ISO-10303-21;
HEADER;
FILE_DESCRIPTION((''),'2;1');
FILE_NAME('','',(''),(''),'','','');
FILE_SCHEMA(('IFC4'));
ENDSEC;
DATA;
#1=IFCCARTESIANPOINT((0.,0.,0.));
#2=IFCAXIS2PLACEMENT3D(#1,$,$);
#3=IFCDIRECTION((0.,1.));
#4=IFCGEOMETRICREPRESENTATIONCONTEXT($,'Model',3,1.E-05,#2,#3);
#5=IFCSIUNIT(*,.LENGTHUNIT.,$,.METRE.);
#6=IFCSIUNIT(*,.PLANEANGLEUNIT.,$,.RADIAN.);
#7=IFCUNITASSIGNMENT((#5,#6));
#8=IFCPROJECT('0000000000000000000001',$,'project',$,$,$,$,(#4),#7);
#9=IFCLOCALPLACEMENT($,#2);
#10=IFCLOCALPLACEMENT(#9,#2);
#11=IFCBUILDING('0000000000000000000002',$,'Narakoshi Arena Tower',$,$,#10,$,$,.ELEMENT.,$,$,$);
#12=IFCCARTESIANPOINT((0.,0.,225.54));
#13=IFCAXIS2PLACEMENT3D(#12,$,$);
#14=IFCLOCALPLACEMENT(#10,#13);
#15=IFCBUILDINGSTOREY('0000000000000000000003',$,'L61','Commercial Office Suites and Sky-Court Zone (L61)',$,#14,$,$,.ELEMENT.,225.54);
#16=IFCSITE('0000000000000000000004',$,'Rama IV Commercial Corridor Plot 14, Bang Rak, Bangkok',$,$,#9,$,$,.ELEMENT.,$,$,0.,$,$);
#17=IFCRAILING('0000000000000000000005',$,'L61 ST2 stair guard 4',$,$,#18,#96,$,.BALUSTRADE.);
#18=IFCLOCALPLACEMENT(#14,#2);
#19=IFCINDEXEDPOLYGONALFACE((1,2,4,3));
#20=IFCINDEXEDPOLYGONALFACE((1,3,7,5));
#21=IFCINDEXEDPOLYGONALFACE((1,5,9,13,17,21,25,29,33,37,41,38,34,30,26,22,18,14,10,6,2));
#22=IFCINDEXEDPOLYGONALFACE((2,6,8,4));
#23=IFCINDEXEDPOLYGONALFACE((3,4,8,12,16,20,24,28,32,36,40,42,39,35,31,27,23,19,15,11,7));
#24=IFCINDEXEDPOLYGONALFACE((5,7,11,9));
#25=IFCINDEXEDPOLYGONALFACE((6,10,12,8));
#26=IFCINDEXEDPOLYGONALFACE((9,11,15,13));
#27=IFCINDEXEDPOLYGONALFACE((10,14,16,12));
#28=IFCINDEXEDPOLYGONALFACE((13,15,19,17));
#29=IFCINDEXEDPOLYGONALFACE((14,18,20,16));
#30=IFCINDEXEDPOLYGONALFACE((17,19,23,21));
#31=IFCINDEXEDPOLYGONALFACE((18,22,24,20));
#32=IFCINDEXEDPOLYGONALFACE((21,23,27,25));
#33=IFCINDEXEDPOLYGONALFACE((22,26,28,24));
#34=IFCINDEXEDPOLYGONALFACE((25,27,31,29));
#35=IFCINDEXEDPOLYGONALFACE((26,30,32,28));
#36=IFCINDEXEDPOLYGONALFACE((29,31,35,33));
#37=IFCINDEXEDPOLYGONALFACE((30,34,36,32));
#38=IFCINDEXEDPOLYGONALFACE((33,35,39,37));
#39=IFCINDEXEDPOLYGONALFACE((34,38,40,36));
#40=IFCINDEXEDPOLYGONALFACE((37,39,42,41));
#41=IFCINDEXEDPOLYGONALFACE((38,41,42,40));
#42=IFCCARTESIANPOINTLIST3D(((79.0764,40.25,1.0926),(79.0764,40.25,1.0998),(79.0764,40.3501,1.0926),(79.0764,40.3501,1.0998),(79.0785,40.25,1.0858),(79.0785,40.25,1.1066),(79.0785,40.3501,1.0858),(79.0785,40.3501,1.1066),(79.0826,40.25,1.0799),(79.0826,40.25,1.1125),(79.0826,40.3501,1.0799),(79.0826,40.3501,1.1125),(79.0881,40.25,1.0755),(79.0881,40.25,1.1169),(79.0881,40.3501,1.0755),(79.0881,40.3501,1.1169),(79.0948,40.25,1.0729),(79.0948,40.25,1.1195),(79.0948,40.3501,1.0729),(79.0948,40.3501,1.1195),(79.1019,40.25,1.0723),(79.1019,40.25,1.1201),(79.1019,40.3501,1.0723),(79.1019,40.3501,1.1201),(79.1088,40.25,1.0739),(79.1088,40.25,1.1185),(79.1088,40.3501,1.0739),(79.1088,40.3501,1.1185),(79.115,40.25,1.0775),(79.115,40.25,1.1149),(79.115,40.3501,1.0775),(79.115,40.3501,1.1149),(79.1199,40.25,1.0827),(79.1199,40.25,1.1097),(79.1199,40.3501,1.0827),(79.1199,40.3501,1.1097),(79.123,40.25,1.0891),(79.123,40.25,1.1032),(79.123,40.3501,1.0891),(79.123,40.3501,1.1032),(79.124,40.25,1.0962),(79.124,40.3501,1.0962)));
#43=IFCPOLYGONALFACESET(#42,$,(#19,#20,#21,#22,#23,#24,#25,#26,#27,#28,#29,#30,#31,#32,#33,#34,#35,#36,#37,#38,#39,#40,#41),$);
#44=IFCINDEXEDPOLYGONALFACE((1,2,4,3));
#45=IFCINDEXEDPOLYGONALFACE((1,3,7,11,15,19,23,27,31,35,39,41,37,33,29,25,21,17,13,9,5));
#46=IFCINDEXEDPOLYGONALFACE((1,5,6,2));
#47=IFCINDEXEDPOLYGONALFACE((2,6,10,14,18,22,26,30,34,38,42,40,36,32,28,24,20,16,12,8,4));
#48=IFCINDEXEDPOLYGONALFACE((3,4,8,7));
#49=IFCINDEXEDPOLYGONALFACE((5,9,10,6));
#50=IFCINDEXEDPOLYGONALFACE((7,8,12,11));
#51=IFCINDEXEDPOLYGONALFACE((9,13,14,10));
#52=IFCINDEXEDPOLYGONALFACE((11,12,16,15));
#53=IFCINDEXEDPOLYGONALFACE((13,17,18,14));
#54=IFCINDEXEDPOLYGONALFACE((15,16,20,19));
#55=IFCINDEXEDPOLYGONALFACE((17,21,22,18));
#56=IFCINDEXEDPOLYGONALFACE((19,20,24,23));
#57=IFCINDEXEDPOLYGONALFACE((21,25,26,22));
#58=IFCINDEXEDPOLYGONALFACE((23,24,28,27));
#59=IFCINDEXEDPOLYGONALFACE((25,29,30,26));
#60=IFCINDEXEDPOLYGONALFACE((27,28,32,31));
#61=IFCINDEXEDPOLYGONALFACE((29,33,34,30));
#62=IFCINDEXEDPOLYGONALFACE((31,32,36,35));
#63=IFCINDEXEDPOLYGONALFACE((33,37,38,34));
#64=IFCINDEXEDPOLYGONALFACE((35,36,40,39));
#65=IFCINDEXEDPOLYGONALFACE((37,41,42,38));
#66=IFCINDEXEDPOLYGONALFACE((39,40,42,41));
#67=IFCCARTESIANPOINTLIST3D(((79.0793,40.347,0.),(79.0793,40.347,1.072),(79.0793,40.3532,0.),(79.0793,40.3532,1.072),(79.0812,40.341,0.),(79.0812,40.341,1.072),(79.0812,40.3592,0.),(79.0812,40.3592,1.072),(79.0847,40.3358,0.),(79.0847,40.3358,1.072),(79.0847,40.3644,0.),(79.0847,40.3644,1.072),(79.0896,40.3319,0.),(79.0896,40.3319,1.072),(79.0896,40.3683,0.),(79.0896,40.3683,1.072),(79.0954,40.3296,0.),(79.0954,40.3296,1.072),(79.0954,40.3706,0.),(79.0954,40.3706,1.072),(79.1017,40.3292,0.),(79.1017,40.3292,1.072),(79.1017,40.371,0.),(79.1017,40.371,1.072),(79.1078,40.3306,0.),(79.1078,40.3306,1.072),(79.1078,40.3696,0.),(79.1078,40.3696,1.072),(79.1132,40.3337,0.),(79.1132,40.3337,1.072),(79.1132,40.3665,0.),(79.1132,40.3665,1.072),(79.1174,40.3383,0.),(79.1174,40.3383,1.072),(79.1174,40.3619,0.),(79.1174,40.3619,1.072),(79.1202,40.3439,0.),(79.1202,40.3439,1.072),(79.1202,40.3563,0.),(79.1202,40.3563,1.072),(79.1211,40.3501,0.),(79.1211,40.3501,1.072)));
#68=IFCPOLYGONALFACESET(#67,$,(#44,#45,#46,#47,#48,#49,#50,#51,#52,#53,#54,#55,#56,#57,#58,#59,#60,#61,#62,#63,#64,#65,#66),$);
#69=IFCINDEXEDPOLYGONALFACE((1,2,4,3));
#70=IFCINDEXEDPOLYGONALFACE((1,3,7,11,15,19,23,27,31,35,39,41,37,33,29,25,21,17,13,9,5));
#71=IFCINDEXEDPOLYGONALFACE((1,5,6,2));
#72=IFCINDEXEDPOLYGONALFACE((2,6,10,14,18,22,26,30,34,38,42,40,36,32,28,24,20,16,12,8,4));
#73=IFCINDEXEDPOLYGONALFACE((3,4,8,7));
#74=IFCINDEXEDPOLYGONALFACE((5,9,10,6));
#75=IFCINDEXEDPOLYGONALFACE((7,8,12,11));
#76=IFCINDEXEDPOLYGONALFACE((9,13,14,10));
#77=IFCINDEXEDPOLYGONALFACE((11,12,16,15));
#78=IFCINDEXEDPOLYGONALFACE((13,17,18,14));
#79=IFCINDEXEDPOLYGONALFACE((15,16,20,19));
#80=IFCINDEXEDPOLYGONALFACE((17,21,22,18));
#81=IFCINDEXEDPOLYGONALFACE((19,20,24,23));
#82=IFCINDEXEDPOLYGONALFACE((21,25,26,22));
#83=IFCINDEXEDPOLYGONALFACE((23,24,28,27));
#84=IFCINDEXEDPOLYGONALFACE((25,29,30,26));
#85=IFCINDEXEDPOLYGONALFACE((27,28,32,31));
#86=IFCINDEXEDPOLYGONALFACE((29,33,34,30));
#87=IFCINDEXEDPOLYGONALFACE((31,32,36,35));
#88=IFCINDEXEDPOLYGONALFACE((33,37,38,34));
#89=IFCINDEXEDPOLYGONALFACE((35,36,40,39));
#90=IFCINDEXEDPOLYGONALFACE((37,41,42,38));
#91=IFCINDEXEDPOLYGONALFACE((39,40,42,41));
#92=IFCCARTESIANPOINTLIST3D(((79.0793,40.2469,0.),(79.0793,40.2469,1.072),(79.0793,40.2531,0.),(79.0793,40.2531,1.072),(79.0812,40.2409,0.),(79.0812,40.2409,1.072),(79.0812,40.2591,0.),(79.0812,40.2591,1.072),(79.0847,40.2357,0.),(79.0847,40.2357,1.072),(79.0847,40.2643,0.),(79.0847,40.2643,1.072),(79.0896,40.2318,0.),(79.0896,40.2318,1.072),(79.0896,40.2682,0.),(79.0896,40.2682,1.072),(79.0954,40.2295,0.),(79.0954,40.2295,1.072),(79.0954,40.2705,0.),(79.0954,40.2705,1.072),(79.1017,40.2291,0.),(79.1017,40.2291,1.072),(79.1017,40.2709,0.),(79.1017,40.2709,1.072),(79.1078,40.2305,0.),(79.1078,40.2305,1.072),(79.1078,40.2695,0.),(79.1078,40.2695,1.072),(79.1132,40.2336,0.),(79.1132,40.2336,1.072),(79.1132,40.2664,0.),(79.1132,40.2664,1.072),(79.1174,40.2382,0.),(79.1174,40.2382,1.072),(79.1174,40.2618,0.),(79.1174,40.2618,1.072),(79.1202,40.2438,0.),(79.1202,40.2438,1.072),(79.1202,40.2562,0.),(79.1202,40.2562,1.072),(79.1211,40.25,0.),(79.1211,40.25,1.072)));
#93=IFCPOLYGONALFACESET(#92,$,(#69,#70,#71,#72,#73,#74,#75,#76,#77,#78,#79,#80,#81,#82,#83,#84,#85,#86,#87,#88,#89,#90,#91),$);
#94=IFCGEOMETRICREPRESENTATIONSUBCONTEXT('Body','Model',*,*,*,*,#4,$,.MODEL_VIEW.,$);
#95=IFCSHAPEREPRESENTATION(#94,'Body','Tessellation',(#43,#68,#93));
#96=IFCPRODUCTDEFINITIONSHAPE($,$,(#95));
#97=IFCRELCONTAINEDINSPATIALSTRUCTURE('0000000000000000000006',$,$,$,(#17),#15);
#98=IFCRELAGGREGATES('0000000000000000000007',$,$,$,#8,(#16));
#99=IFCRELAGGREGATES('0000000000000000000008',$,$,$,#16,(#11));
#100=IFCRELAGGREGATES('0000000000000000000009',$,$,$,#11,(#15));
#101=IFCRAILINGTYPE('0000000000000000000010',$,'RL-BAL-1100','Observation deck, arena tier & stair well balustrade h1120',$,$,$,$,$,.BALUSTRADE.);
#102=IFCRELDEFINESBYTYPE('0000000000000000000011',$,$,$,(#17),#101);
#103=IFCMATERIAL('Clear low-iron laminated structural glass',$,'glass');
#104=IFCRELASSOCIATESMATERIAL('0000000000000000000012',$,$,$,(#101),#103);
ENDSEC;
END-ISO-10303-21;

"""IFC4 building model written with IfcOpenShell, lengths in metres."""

from ifc_helpers import new_model, si_unit, direction, frame, origin, origin_2d, place, context, subcontext, project, spatial, circle, extrude, material, type_object, element, save


model = new_model("IFC4")

# Units and contexts
model_context = context("Model", 3, precision=1e-05, world=origin(), true_north=direction((0.0, 1.0)))
body_context = subcontext(model_context, "Body", "Model", "MODEL_VIEW")
ifc_project = project(units=[si_unit("LENGTHUNIT", "METRE"), si_unit("PLANEANGLEUNIT", "RADIAN")], contexts=[model_context])

# Site, building, storey
site_placement = place(None, origin())
site = spatial("IfcSite", under=ifc_project, at=site_placement, Name="Rama IV Commercial Corridor Plot 14, Bang Rak, Bangkok", CompositionType="ELEMENT", RefElevation=0.0)
building_placement = place(site_placement, origin())
building = spatial("IfcBuilding", under=site, at=building_placement, Name="Narakoshi Arena Tower", CompositionType="ELEMENT")
storey_placement = place(building_placement, frame((0.0, 0.0, 225.54)))
storey = spatial("IfcBuildingStorey", under=building, at=storey_placement, Name="L61", Description="Commercial Office Suites and Sky-Court Zone (L61)", CompositionType="ELEMENT", Elevation=225.54)

# Railing
ifc_material_1 = material(Name="Clear low-iron laminated structural glass", Category="glass")
railing_type = type_object("IfcRailingType", Name="RL-BAL-1100", Description="Observation deck, arena tier & stair well balustrade h1120", PredefinedType="BALUSTRADE", material=ifc_material_1)
railing_1_placement = place(storey_placement, frame((79.1001, 40.3501, 0.0)))
element("IfcRailing", 1, at=railing_1_placement, inside=storey, type_object=railing_type, Name="L61 ST2 stair guard 4", PredefinedType="BALUSTRADE", context=body_context, shape_type="SweptSolid", body=[
    extrude(circle(Radius=0.0239, at=origin_2d()), frame((0.0, 0.0, 1.0962), z_axis=(0.0, -1.0, 0.0), x_axis=(1.0, 0.0, 0.0)), (0.0, 0.0, 1.0), 0.1001),
    extrude(circle(Radius=0.021, at=origin_2d()), origin(), (0.0, 0.0, 1.0), 1.072),
    extrude(circle(Radius=0.021, at=origin_2d()), frame((0.0, -0.1001, 0.0)), (0.0, 0.0, 1.0), 1.072),
])

save(model, "model.ifc")
